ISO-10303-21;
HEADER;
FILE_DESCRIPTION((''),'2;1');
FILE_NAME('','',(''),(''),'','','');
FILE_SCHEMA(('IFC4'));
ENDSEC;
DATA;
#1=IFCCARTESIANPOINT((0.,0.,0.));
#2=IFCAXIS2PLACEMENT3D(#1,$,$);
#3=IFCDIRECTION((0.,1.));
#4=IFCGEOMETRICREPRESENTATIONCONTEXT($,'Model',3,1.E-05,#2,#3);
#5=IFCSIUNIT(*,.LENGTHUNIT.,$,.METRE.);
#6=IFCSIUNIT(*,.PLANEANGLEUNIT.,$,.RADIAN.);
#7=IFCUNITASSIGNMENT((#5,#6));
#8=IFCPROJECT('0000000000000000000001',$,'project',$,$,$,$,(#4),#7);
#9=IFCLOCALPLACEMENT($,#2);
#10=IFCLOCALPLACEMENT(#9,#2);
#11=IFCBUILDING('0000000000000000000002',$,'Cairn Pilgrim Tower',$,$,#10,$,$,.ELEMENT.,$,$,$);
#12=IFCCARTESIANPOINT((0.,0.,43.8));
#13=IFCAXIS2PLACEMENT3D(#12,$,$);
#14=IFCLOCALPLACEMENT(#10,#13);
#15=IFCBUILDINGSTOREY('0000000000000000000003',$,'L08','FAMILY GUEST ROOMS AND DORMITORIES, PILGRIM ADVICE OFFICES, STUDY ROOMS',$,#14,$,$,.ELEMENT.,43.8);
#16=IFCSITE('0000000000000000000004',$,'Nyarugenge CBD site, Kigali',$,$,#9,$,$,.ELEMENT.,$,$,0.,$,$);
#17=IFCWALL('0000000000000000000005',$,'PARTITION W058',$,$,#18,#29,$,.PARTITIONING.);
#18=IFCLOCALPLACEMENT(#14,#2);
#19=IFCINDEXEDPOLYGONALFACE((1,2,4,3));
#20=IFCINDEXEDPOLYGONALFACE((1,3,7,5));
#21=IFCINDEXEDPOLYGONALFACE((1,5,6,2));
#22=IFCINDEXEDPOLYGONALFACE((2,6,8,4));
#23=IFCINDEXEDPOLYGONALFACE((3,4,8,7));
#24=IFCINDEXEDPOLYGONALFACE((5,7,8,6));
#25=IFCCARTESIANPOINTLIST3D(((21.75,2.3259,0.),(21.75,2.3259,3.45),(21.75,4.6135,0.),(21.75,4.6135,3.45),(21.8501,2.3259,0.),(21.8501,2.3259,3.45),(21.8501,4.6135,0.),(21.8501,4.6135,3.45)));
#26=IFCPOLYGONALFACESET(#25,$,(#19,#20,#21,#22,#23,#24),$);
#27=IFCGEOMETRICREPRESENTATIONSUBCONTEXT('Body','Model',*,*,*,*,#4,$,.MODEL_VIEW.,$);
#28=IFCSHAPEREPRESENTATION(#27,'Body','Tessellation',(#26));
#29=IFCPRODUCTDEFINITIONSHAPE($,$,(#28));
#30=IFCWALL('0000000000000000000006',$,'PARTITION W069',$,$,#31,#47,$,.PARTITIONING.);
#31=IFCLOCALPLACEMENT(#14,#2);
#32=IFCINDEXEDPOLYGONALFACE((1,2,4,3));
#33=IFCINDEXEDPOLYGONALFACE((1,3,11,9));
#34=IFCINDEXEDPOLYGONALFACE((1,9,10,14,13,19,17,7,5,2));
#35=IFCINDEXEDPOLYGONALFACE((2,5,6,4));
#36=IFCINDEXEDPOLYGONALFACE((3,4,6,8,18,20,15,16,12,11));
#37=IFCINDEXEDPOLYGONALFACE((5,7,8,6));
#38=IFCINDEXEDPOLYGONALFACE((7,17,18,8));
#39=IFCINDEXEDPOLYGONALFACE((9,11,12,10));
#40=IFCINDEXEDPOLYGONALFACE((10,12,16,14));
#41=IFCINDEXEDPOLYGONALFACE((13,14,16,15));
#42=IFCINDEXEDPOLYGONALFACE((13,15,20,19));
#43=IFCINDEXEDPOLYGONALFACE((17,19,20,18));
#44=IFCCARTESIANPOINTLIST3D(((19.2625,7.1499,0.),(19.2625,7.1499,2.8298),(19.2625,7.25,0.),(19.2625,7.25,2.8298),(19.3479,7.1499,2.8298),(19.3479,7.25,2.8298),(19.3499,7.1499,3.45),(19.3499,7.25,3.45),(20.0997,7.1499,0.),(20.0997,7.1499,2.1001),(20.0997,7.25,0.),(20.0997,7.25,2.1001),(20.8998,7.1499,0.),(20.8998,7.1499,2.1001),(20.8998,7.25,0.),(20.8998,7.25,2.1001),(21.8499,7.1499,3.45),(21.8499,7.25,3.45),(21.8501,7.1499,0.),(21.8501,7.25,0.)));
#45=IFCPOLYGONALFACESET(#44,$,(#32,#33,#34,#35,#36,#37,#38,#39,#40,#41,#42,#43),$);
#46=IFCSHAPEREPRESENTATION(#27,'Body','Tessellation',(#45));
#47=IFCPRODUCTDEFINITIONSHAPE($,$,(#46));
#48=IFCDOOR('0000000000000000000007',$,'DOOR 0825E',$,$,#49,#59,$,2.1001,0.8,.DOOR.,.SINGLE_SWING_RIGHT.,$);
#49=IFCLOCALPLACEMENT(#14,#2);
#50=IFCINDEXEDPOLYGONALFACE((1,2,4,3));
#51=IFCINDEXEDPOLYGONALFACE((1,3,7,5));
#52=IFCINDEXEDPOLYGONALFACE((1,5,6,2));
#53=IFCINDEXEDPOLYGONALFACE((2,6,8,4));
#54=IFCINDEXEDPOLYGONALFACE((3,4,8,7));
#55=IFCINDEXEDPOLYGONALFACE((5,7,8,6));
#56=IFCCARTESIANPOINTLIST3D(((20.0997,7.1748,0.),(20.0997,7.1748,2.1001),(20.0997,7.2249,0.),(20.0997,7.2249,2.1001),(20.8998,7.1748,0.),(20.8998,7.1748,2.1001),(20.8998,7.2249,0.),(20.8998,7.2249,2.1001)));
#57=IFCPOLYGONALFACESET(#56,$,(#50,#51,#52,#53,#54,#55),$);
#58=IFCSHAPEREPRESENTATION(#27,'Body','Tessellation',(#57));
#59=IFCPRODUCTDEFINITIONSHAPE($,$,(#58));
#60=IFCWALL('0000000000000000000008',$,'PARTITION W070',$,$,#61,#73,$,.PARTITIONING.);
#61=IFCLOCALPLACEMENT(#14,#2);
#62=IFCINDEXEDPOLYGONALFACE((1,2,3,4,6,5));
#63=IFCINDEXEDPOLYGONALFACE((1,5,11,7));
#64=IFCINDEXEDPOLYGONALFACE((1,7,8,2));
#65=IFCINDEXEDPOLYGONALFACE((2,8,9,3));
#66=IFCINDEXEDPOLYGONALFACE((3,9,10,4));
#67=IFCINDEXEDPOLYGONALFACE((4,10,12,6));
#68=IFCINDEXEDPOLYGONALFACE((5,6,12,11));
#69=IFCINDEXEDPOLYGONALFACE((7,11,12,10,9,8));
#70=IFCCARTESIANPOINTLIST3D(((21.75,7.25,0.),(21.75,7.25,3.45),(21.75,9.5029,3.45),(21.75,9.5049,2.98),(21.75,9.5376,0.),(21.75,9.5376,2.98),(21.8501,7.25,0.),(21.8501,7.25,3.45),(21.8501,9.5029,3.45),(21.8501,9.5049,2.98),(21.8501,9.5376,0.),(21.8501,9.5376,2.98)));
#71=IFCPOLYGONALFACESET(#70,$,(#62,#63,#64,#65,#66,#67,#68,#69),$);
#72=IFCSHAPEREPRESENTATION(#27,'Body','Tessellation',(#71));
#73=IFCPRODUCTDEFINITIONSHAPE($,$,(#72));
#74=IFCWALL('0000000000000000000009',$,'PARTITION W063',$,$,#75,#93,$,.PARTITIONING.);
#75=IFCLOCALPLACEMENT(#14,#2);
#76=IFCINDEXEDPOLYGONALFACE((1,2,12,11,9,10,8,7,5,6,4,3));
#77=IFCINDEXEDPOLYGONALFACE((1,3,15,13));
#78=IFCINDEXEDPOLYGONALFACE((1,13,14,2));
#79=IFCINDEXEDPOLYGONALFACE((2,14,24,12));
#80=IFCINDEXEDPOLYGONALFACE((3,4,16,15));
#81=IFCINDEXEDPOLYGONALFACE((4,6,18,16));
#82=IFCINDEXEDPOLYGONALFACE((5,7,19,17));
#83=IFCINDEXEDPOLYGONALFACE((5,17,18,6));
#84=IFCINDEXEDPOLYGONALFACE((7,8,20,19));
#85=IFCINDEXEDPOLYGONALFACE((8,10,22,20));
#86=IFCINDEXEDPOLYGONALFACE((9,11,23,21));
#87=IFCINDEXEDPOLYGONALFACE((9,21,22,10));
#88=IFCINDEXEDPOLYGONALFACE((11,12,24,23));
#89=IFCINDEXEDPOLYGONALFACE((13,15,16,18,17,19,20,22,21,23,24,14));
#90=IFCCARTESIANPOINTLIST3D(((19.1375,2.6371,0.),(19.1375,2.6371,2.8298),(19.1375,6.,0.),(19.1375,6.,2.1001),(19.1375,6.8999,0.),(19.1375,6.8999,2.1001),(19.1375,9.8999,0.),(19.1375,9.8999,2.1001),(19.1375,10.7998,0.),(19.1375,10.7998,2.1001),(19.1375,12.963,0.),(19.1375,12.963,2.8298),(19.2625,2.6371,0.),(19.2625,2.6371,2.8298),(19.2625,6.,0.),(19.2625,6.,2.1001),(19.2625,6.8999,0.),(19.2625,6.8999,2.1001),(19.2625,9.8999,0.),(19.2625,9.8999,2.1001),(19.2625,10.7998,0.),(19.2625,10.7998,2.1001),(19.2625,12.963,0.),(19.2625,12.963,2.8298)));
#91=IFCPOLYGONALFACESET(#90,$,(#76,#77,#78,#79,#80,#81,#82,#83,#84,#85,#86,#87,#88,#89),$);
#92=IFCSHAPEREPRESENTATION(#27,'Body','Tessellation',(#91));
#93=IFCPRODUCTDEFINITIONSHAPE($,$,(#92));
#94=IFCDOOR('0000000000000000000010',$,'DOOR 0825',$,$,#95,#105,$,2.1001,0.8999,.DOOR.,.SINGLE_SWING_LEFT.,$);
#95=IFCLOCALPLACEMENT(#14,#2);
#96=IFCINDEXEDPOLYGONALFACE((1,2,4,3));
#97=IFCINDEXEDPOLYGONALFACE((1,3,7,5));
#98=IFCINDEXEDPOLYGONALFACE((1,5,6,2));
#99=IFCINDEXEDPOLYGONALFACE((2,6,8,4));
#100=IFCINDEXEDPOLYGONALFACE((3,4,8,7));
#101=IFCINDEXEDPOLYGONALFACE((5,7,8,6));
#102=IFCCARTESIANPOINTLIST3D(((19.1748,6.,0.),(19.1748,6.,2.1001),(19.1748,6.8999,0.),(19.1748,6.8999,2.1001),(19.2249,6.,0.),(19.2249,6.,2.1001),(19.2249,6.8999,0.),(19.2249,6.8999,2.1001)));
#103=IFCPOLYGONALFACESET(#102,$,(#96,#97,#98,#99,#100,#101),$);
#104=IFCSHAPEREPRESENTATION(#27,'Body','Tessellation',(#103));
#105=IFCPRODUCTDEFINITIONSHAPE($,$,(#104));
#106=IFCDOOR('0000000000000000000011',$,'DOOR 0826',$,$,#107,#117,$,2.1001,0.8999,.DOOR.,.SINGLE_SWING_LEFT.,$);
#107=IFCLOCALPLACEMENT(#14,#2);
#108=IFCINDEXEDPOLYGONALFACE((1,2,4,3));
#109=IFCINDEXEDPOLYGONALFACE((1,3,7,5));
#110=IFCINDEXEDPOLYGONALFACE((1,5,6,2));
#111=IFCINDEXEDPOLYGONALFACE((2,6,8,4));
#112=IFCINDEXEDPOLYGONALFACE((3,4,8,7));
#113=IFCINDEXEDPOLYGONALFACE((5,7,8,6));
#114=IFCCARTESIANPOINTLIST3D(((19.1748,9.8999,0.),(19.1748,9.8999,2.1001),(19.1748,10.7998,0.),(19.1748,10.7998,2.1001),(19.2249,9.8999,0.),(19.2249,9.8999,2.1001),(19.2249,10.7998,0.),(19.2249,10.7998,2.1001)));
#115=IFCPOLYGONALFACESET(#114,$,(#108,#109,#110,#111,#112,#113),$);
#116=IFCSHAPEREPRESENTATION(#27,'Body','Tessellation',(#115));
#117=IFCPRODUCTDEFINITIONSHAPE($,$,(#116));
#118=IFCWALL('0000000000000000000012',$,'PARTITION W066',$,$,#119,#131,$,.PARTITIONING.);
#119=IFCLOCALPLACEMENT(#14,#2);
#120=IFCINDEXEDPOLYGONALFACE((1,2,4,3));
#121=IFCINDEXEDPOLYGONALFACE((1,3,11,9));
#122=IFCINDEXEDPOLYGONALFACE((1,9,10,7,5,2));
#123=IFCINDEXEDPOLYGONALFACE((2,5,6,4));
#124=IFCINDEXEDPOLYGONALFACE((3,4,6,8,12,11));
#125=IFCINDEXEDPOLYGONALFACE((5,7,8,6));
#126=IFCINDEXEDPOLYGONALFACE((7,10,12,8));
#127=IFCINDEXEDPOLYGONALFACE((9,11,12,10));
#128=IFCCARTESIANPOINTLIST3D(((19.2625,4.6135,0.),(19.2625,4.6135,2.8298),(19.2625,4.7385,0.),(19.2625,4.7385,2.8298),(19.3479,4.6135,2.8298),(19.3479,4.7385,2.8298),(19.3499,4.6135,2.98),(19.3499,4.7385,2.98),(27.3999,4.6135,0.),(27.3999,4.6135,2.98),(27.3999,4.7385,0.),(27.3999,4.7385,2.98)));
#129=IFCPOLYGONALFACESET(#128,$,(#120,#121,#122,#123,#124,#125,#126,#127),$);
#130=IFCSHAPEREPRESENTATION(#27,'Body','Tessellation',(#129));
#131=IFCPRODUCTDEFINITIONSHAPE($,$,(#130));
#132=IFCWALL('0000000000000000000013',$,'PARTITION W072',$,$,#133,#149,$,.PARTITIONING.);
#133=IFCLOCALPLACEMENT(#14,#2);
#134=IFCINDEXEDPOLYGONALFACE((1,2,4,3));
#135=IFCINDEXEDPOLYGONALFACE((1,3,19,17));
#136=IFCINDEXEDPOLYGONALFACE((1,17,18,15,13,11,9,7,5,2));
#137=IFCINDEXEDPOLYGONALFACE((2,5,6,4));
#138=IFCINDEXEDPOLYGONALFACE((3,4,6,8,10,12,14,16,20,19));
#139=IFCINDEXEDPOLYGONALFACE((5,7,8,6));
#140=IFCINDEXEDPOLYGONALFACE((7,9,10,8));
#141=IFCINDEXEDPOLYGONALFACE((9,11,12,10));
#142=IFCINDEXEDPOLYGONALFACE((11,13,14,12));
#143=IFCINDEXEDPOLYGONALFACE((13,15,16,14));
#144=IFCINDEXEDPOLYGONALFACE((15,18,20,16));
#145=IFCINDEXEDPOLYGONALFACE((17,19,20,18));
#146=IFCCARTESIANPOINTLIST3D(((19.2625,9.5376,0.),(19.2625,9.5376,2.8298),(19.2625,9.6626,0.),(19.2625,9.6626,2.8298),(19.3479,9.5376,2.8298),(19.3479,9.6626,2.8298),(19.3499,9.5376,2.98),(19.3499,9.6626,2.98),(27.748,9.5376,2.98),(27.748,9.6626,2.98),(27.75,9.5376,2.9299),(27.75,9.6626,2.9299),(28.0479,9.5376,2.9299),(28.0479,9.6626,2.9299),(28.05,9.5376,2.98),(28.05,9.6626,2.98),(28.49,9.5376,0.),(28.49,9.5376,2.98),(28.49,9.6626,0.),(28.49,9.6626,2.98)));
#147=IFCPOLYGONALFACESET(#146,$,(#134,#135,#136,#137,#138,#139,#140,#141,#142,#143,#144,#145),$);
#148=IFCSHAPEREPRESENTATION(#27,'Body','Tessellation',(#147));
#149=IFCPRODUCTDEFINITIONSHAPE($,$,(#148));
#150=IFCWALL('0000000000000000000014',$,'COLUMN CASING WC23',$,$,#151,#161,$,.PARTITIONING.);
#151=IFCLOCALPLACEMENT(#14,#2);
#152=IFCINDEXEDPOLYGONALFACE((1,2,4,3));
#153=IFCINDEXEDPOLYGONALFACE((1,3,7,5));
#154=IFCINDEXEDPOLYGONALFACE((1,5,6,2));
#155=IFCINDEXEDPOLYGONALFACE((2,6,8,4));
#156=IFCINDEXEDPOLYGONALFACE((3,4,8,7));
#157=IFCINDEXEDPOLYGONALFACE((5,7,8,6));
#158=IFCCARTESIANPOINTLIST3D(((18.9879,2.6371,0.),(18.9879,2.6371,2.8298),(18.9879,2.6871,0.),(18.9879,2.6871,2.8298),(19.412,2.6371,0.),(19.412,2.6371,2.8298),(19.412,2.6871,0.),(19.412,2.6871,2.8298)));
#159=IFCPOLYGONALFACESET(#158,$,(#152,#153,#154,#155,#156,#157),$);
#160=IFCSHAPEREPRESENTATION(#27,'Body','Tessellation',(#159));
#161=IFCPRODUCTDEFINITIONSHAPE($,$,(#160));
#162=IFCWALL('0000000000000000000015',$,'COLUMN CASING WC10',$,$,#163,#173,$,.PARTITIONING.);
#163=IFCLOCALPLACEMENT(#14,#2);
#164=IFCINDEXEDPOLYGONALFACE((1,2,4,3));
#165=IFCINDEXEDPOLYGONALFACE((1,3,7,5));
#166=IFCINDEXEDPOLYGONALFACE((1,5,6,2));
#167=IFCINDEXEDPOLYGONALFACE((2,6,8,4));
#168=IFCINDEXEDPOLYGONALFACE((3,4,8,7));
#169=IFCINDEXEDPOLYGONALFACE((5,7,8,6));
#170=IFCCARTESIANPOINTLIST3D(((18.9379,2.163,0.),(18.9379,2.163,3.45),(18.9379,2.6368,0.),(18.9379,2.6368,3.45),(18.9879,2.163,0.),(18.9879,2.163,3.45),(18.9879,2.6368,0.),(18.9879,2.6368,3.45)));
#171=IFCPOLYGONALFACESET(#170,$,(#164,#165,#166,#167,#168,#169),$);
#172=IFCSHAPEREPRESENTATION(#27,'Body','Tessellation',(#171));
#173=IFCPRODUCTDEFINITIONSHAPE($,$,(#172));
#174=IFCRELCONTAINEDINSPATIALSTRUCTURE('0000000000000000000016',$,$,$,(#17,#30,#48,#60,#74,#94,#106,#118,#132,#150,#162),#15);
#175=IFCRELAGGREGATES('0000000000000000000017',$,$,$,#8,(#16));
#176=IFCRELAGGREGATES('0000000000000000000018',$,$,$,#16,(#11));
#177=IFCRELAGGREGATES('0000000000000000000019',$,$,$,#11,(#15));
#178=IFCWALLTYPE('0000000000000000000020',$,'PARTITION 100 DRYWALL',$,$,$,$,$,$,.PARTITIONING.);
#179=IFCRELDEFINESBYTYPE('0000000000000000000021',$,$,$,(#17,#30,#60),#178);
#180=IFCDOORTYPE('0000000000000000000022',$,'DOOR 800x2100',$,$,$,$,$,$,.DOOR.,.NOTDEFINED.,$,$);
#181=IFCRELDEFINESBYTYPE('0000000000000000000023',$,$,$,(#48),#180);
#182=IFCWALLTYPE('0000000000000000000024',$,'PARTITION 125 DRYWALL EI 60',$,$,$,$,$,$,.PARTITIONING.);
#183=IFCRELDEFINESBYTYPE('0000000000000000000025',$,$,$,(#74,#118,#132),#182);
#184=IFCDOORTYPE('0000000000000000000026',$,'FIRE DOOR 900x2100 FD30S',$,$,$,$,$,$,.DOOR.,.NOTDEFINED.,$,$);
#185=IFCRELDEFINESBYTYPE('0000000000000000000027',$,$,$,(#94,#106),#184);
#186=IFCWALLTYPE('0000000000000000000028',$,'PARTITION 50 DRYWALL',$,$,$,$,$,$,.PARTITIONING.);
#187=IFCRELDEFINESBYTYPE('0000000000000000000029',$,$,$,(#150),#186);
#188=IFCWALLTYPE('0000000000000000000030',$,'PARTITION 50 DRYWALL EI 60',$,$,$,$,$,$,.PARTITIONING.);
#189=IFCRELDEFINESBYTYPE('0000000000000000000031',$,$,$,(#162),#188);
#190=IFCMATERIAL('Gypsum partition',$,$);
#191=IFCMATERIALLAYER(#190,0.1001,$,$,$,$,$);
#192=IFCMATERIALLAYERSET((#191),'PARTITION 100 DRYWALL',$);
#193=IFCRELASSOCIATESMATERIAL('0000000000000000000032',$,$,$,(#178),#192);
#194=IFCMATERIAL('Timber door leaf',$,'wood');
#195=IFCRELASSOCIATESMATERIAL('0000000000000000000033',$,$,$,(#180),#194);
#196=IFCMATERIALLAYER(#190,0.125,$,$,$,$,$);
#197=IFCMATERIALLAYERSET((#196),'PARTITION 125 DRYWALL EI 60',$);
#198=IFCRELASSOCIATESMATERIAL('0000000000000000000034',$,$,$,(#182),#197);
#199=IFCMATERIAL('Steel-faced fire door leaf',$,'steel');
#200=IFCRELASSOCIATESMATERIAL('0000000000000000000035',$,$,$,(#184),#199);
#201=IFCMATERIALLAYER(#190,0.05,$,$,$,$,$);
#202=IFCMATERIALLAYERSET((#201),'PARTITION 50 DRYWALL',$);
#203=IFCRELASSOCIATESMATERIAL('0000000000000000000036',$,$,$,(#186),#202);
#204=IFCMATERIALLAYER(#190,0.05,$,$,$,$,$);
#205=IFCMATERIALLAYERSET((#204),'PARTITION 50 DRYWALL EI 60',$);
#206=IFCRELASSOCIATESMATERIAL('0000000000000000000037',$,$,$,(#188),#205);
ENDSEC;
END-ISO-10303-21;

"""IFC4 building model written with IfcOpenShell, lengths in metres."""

from ifc_helpers import new_model, si_unit, direction, frame, frame_2d, origin, place, context, subcontext, project, spatial, polyline, rectangle, outline, extrude, material, layer, layer_set, type_object, element, fill, save


model = new_model("IFC4")

# Units and contexts
model_context = context("Model", 3, precision=1e-05, world=origin(), true_north=direction((0.0, 1.0)))
body_context = subcontext(model_context, "Body", "Model", "MODEL_VIEW")
ifc_project = project(units=[si_unit("LENGTHUNIT", "METRE"), si_unit("PLANEANGLEUNIT", "RADIAN")], contexts=[model_context])

# Site, building, storey
site_placement = place(None, origin())
site = spatial("IfcSite", under=ifc_project, at=site_placement, Name="Nyarugenge CBD site, Kigali", CompositionType="ELEMENT", RefElevation=0.0)
building_placement = place(site_placement, origin())
building = spatial("IfcBuilding", under=site, at=building_placement, Name="Cairn Pilgrim Tower", CompositionType="ELEMENT")
storey_placement = place(building_placement, frame((0.0, 0.0, 43.8)))
storey = spatial("IfcBuildingStorey", under=building, at=storey_placement, Name="L08", Description="FAMILY GUEST ROOMS AND DORMITORIES, PILGRIM ADVICE OFFICES, STUDY ROOMS", CompositionType="ELEMENT", Elevation=43.8)

# Shared definitions
ifc_material_1 = material(Name="Gypsum partition")
ifc_layer_1 = layer(ifc_material_1, 0.1001)
ifc_layer_set_1 = layer_set([ifc_layer_1], Name="PARTITION 100 DRYWALL")
wall_type_1 = type_object("IfcWallType", Name="PARTITION 100 DRYWALL", PredefinedType="PARTITIONING", material=ifc_layer_set_1)
ifc_material_2 = material(Name="Timber door leaf", Category="wood")
door_type_1 = type_object("IfcDoorType", Name="DOOR 800x2100", OperationType="NOTDEFINED", PredefinedType="DOOR", material=ifc_material_2)

# Wall
wall_1_placement = place(storey_placement, frame((21.8, 2.3259, 0.0), z_axis=(0.0, 0.0, 1.0), x_axis=(0.0, 1.0, 0.0)))
element("IfcWall", 1, at=wall_1_placement, inside=storey, type_object=wall_type_1, Name="PARTITION W058", PredefinedType="PARTITIONING", context=body_context, shape_type="SweptSolid", body=[
    extrude(rectangle(XDim=2.2876, YDim=0.1001, at=frame_2d((1.1438, 0.0))), origin(), (0.0, 0.0, 1.0), 3.45),
])

# Wall, opening, door
wall_2_placement = place(storey_placement, frame((19.2625, 7.2, 0.0), z_axis=(0.0, 0.0, 1.0), x_axis=(1.0, 0.0, 0.0)))
wall_2 = element("IfcWall", 2, at=wall_2_placement, inside=storey, type_object=wall_type_1, Name="PARTITION W069", PredefinedType="PARTITIONING", context=body_context, shape_type="SweptSolid", body=[
    extrude(outline(polyline([(0.0, 0.0), (2.5876, 0.0), (2.5874, 3.45), (0.0874, 3.45), (0.0854, 2.8298), (0.0, 2.8298), (0.0, 0.0)])), frame((0.0, 0.05, 0.0), z_axis=(0.0, -1.0, 0.0), x_axis=(1.0, 0.0, 0.0)), (0.0, 0.0, 1.0), 0.1001),
])
opening_1_placement = place(wall_2_placement, frame((0.8374, 0.0, 0.0)))
opening_1 = element("IfcOpeningElement", 3, at=opening_1_placement, cuts=wall_2, PredefinedType="OPENING", context=body_context, shape_type="SweptSolid", body=[
    extrude(rectangle(XDim=0.8, YDim=2.1001, at=frame_2d((0.3999, 1.05))), frame((0.0, 0.0601, 0.0), z_axis=(0.0, -1.0, 0.0), x_axis=(1.0, 0.0, 0.0)), (0.0, 0.0, 1.0), 0.1201),
])
door_1_placement = place(opening_1_placement, origin())
door_1 = element("IfcDoor", 4, at=door_1_placement, inside=storey, type_object=door_type_1, Name="DOOR 0825E", OperationType="SINGLE_SWING_RIGHT", OverallHeight=2.1001, OverallWidth=0.8, PredefinedType="DOOR", context=body_context, shape_type="SweptSolid", body=[
    extrude(rectangle(XDim=0.8, YDim=2.1001, at=frame_2d((0.3999, 1.05))), frame((0.0, 0.0249, 0.0), z_axis=(0.0, -1.0, 0.0), x_axis=(1.0, 0.0, 0.0)), (0.0, 0.0, 1.0), 0.05),
])
fill(opening_1, door_1)

# Wall
wall_3_placement = place(storey_placement, frame((21.8, 7.25, 0.0), z_axis=(0.0, 0.0, 1.0), x_axis=(0.0, 1.0, 0.0)))
element("IfcWall", 5, at=wall_3_placement, inside=storey, type_object=wall_type_1, Name="PARTITION W070", PredefinedType="PARTITIONING", context=body_context, shape_type="SweptSolid", body=[
    extrude(outline(polyline([(0.0, 0.0), (2.2876, 0.0), (2.2876, 2.98), (2.2549, 2.98), (2.2529, 3.45), (0.0, 3.45), (0.0, 0.0)])), frame((0.0, 0.05, 0.0), z_axis=(0.0, -1.0, 0.0), x_axis=(1.0, 0.0, 0.0)), (0.0, 0.0, 1.0), 0.1001),
])

# Wall, openings, doors
ifc_layer_2 = layer(ifc_material_1, 0.125)
ifc_layer_set_2 = layer_set([ifc_layer_2], Name="PARTITION 125 DRYWALL EI 60")
wall_type_2 = type_object("IfcWallType", Name="PARTITION 125 DRYWALL EI 60", PredefinedType="PARTITIONING", material=ifc_layer_set_2)
wall_4_placement = place(storey_placement, frame((19.2, 2.637, 0.0), z_axis=(0.0, 0.0, 1.0), x_axis=(0.0, 1.0, 0.0)))
wall_4 = element("IfcWall", 6, at=wall_4_placement, inside=storey, type_object=wall_type_2, Name="PARTITION W063", PredefinedType="PARTITIONING", context=body_context, shape_type="SweptSolid", body=[
    extrude(rectangle(XDim=10.3259, YDim=0.125, at=frame_2d((5.1631, 0.0))), origin(), (0.0, 0.0, 1.0), 2.8298),
])
opening_2_placement = place(wall_4_placement, frame((3.363, 0.0, 0.0)))
opening_2 = element("IfcOpeningElement", 7, at=opening_2_placement, cuts=wall_4, PredefinedType="OPENING", context=body_context, shape_type="SweptSolid", body=[
    extrude(rectangle(XDim=0.8999, YDim=2.1001, at=frame_2d((0.45, 1.05))), frame((0.0, 0.0725, 0.0), z_axis=(0.0, -1.0, 0.0), x_axis=(1.0, 0.0, 0.0)), (0.0, 0.0, 1.0), 0.145),
])
opening_3_placement = place(wall_4_placement, frame((7.2629, 0.0, 0.0)))
opening_3 = element("IfcOpeningElement", 8, at=opening_3_placement, cuts=wall_4, PredefinedType="OPENING", context=body_context, shape_type="SweptSolid", body=[
    extrude(rectangle(XDim=0.8999, YDim=2.1001, at=frame_2d((0.45, 1.05))), frame((0.0, 0.0725, 0.0), z_axis=(0.0, -1.0, 0.0), x_axis=(1.0, 0.0, 0.0)), (0.0, 0.0, 1.0), 0.145),
])
ifc_material_3 = material(Name="Steel-faced fire door leaf", Category="steel")
door_type_2 = type_object("IfcDoorType", Name="FIRE DOOR 900x2100 FD30S", OperationType="NOTDEFINED", PredefinedType="DOOR", material=ifc_material_3)
door_2_placement = place(opening_2_placement, frame((0.8999, 0.0, 0.0), z_axis=(0.0, 0.0, 1.0), x_axis=(-1.0, 0.0, 0.0)))
door_2 = element("IfcDoor", 9, at=door_2_placement, inside=storey, type_object=door_type_2, Name="DOOR 0825", OperationType="SINGLE_SWING_LEFT", OverallHeight=2.1001, OverallWidth=0.8999, PredefinedType="DOOR", context=body_context, shape_type="SweptSolid", body=[
    extrude(rectangle(XDim=0.8999, YDim=2.1001, at=frame_2d((0.45, 1.05))), frame((0.0, 0.0249, 0.0), z_axis=(0.0, -1.0, 0.0), x_axis=(1.0, 0.0, 0.0)), (0.0, 0.0, 1.0), 0.05),
])
fill(opening_2, door_2)
door_3_placement = place(opening_3_placement, frame((0.8999, 0.0, 0.0), z_axis=(0.0, 0.0, 1.0), x_axis=(-1.0, 0.0, 0.0)))
door_3 = element("IfcDoor", 10, at=door_3_placement, inside=storey, type_object=door_type_2, Name="DOOR 0826", OperationType="SINGLE_SWING_LEFT", OverallHeight=2.1001, OverallWidth=0.8999, PredefinedType="DOOR", context=body_context, shape_type="SweptSolid", body=[
    extrude(rectangle(XDim=0.8999, YDim=2.1001, at=frame_2d((0.45, 1.05))), frame((0.0, 0.0249, 0.0), z_axis=(0.0, -1.0, 0.0), x_axis=(1.0, 0.0, 0.0)), (0.0, 0.0, 1.0), 0.05),
])
fill(opening_3, door_3)

# Walls
wall_5_placement = place(storey_placement, frame((19.2625, 4.676, 0.0), z_axis=(0.0, 0.0, 1.0), x_axis=(1.0, 0.0, 0.0)))
element("IfcWall", 11, at=wall_5_placement, inside=storey, type_object=wall_type_2, Name="PARTITION W066", PredefinedType="PARTITIONING", context=body_context, shape_type="SweptSolid", body=[
    extrude(outline(polyline([(0.0, 0.0), (8.1375, 0.0), (8.1375, 2.98), (0.0874, 2.98), (0.0854, 2.8298), (0.0, 2.8298), (0.0, 0.0)])), frame((0.0, 0.0625, 0.0), z_axis=(0.0, -1.0, 0.0), x_axis=(1.0, 0.0, 0.0)), (0.0, 0.0, 1.0), 0.125),
])
wall_6_placement = place(storey_placement, frame((19.2625, 9.6001, 0.0), z_axis=(0.0, 0.0, 1.0), x_axis=(1.0, 0.0, 0.0)))
element("IfcWall", 12, at=wall_6_placement, inside=storey, type_object=wall_type_2, Name="PARTITION W072", PredefinedType="PARTITIONING", context=body_context, shape_type="SweptSolid", body=[
    extrude(outline(polyline([(0.0, 0.0), (9.2275, 0.0), (9.2275, 2.98), (8.7876, 2.98), (8.7854, 2.9299), (8.4875, 2.9299), (8.4856, 2.98), (0.0874, 2.98), (0.0854, 2.8298), (0.0, 2.8298), (0.0, 0.0)])), frame((0.0, 0.0625, 0.0), z_axis=(0.0, -1.0, 0.0), x_axis=(1.0, 0.0, 0.0)), (0.0, 0.0, 1.0), 0.125),
])
ifc_layer_3 = layer(ifc_material_1, 0.05)
ifc_layer_set_3 = layer_set([ifc_layer_3], Name="PARTITION 50 DRYWALL")
wall_type_3 = type_object("IfcWallType", Name="PARTITION 50 DRYWALL", PredefinedType="PARTITIONING", material=ifc_layer_set_3)
wall_7_placement = place(storey_placement, frame((18.988, 2.6621, 0.0), z_axis=(0.0, 0.0, 1.0), x_axis=(1.0, 0.0, 0.0)))
element("IfcWall", 13, at=wall_7_placement, inside=storey, type_object=wall_type_3, Name="COLUMN CASING WC23", PredefinedType="PARTITIONING", context=body_context, shape_type="SweptSolid", body=[
    extrude(rectangle(XDim=0.4241, YDim=0.05, at=frame_2d((0.2119, 0.0))), origin(), (0.0, 0.0, 1.0), 2.8298),
])
ifc_layer_4 = layer(ifc_material_1, 0.05)
ifc_layer_set_4 = layer_set([ifc_layer_4], Name="PARTITION 50 DRYWALL EI 60")
wall_type_4 = type_object("IfcWallType", Name="PARTITION 50 DRYWALL EI 60", PredefinedType="PARTITIONING", material=ifc_layer_set_4)
wall_8_placement = place(storey_placement, frame((18.9629, 2.1631, 0.0), z_axis=(0.0, 0.0, 1.0), x_axis=(0.0, 1.0, 0.0)))
element("IfcWall", 14, at=wall_8_placement, inside=storey, type_object=wall_type_4, Name="COLUMN CASING WC10", PredefinedType="PARTITIONING", context=body_context, shape_type="SweptSolid", body=[
    extrude(rectangle(XDim=0.4739, YDim=0.05, at=frame_2d((0.2368, 0.0))), origin(), (0.0, 0.0, 1.0), 3.45),
])

save(model, "model.ifc")
